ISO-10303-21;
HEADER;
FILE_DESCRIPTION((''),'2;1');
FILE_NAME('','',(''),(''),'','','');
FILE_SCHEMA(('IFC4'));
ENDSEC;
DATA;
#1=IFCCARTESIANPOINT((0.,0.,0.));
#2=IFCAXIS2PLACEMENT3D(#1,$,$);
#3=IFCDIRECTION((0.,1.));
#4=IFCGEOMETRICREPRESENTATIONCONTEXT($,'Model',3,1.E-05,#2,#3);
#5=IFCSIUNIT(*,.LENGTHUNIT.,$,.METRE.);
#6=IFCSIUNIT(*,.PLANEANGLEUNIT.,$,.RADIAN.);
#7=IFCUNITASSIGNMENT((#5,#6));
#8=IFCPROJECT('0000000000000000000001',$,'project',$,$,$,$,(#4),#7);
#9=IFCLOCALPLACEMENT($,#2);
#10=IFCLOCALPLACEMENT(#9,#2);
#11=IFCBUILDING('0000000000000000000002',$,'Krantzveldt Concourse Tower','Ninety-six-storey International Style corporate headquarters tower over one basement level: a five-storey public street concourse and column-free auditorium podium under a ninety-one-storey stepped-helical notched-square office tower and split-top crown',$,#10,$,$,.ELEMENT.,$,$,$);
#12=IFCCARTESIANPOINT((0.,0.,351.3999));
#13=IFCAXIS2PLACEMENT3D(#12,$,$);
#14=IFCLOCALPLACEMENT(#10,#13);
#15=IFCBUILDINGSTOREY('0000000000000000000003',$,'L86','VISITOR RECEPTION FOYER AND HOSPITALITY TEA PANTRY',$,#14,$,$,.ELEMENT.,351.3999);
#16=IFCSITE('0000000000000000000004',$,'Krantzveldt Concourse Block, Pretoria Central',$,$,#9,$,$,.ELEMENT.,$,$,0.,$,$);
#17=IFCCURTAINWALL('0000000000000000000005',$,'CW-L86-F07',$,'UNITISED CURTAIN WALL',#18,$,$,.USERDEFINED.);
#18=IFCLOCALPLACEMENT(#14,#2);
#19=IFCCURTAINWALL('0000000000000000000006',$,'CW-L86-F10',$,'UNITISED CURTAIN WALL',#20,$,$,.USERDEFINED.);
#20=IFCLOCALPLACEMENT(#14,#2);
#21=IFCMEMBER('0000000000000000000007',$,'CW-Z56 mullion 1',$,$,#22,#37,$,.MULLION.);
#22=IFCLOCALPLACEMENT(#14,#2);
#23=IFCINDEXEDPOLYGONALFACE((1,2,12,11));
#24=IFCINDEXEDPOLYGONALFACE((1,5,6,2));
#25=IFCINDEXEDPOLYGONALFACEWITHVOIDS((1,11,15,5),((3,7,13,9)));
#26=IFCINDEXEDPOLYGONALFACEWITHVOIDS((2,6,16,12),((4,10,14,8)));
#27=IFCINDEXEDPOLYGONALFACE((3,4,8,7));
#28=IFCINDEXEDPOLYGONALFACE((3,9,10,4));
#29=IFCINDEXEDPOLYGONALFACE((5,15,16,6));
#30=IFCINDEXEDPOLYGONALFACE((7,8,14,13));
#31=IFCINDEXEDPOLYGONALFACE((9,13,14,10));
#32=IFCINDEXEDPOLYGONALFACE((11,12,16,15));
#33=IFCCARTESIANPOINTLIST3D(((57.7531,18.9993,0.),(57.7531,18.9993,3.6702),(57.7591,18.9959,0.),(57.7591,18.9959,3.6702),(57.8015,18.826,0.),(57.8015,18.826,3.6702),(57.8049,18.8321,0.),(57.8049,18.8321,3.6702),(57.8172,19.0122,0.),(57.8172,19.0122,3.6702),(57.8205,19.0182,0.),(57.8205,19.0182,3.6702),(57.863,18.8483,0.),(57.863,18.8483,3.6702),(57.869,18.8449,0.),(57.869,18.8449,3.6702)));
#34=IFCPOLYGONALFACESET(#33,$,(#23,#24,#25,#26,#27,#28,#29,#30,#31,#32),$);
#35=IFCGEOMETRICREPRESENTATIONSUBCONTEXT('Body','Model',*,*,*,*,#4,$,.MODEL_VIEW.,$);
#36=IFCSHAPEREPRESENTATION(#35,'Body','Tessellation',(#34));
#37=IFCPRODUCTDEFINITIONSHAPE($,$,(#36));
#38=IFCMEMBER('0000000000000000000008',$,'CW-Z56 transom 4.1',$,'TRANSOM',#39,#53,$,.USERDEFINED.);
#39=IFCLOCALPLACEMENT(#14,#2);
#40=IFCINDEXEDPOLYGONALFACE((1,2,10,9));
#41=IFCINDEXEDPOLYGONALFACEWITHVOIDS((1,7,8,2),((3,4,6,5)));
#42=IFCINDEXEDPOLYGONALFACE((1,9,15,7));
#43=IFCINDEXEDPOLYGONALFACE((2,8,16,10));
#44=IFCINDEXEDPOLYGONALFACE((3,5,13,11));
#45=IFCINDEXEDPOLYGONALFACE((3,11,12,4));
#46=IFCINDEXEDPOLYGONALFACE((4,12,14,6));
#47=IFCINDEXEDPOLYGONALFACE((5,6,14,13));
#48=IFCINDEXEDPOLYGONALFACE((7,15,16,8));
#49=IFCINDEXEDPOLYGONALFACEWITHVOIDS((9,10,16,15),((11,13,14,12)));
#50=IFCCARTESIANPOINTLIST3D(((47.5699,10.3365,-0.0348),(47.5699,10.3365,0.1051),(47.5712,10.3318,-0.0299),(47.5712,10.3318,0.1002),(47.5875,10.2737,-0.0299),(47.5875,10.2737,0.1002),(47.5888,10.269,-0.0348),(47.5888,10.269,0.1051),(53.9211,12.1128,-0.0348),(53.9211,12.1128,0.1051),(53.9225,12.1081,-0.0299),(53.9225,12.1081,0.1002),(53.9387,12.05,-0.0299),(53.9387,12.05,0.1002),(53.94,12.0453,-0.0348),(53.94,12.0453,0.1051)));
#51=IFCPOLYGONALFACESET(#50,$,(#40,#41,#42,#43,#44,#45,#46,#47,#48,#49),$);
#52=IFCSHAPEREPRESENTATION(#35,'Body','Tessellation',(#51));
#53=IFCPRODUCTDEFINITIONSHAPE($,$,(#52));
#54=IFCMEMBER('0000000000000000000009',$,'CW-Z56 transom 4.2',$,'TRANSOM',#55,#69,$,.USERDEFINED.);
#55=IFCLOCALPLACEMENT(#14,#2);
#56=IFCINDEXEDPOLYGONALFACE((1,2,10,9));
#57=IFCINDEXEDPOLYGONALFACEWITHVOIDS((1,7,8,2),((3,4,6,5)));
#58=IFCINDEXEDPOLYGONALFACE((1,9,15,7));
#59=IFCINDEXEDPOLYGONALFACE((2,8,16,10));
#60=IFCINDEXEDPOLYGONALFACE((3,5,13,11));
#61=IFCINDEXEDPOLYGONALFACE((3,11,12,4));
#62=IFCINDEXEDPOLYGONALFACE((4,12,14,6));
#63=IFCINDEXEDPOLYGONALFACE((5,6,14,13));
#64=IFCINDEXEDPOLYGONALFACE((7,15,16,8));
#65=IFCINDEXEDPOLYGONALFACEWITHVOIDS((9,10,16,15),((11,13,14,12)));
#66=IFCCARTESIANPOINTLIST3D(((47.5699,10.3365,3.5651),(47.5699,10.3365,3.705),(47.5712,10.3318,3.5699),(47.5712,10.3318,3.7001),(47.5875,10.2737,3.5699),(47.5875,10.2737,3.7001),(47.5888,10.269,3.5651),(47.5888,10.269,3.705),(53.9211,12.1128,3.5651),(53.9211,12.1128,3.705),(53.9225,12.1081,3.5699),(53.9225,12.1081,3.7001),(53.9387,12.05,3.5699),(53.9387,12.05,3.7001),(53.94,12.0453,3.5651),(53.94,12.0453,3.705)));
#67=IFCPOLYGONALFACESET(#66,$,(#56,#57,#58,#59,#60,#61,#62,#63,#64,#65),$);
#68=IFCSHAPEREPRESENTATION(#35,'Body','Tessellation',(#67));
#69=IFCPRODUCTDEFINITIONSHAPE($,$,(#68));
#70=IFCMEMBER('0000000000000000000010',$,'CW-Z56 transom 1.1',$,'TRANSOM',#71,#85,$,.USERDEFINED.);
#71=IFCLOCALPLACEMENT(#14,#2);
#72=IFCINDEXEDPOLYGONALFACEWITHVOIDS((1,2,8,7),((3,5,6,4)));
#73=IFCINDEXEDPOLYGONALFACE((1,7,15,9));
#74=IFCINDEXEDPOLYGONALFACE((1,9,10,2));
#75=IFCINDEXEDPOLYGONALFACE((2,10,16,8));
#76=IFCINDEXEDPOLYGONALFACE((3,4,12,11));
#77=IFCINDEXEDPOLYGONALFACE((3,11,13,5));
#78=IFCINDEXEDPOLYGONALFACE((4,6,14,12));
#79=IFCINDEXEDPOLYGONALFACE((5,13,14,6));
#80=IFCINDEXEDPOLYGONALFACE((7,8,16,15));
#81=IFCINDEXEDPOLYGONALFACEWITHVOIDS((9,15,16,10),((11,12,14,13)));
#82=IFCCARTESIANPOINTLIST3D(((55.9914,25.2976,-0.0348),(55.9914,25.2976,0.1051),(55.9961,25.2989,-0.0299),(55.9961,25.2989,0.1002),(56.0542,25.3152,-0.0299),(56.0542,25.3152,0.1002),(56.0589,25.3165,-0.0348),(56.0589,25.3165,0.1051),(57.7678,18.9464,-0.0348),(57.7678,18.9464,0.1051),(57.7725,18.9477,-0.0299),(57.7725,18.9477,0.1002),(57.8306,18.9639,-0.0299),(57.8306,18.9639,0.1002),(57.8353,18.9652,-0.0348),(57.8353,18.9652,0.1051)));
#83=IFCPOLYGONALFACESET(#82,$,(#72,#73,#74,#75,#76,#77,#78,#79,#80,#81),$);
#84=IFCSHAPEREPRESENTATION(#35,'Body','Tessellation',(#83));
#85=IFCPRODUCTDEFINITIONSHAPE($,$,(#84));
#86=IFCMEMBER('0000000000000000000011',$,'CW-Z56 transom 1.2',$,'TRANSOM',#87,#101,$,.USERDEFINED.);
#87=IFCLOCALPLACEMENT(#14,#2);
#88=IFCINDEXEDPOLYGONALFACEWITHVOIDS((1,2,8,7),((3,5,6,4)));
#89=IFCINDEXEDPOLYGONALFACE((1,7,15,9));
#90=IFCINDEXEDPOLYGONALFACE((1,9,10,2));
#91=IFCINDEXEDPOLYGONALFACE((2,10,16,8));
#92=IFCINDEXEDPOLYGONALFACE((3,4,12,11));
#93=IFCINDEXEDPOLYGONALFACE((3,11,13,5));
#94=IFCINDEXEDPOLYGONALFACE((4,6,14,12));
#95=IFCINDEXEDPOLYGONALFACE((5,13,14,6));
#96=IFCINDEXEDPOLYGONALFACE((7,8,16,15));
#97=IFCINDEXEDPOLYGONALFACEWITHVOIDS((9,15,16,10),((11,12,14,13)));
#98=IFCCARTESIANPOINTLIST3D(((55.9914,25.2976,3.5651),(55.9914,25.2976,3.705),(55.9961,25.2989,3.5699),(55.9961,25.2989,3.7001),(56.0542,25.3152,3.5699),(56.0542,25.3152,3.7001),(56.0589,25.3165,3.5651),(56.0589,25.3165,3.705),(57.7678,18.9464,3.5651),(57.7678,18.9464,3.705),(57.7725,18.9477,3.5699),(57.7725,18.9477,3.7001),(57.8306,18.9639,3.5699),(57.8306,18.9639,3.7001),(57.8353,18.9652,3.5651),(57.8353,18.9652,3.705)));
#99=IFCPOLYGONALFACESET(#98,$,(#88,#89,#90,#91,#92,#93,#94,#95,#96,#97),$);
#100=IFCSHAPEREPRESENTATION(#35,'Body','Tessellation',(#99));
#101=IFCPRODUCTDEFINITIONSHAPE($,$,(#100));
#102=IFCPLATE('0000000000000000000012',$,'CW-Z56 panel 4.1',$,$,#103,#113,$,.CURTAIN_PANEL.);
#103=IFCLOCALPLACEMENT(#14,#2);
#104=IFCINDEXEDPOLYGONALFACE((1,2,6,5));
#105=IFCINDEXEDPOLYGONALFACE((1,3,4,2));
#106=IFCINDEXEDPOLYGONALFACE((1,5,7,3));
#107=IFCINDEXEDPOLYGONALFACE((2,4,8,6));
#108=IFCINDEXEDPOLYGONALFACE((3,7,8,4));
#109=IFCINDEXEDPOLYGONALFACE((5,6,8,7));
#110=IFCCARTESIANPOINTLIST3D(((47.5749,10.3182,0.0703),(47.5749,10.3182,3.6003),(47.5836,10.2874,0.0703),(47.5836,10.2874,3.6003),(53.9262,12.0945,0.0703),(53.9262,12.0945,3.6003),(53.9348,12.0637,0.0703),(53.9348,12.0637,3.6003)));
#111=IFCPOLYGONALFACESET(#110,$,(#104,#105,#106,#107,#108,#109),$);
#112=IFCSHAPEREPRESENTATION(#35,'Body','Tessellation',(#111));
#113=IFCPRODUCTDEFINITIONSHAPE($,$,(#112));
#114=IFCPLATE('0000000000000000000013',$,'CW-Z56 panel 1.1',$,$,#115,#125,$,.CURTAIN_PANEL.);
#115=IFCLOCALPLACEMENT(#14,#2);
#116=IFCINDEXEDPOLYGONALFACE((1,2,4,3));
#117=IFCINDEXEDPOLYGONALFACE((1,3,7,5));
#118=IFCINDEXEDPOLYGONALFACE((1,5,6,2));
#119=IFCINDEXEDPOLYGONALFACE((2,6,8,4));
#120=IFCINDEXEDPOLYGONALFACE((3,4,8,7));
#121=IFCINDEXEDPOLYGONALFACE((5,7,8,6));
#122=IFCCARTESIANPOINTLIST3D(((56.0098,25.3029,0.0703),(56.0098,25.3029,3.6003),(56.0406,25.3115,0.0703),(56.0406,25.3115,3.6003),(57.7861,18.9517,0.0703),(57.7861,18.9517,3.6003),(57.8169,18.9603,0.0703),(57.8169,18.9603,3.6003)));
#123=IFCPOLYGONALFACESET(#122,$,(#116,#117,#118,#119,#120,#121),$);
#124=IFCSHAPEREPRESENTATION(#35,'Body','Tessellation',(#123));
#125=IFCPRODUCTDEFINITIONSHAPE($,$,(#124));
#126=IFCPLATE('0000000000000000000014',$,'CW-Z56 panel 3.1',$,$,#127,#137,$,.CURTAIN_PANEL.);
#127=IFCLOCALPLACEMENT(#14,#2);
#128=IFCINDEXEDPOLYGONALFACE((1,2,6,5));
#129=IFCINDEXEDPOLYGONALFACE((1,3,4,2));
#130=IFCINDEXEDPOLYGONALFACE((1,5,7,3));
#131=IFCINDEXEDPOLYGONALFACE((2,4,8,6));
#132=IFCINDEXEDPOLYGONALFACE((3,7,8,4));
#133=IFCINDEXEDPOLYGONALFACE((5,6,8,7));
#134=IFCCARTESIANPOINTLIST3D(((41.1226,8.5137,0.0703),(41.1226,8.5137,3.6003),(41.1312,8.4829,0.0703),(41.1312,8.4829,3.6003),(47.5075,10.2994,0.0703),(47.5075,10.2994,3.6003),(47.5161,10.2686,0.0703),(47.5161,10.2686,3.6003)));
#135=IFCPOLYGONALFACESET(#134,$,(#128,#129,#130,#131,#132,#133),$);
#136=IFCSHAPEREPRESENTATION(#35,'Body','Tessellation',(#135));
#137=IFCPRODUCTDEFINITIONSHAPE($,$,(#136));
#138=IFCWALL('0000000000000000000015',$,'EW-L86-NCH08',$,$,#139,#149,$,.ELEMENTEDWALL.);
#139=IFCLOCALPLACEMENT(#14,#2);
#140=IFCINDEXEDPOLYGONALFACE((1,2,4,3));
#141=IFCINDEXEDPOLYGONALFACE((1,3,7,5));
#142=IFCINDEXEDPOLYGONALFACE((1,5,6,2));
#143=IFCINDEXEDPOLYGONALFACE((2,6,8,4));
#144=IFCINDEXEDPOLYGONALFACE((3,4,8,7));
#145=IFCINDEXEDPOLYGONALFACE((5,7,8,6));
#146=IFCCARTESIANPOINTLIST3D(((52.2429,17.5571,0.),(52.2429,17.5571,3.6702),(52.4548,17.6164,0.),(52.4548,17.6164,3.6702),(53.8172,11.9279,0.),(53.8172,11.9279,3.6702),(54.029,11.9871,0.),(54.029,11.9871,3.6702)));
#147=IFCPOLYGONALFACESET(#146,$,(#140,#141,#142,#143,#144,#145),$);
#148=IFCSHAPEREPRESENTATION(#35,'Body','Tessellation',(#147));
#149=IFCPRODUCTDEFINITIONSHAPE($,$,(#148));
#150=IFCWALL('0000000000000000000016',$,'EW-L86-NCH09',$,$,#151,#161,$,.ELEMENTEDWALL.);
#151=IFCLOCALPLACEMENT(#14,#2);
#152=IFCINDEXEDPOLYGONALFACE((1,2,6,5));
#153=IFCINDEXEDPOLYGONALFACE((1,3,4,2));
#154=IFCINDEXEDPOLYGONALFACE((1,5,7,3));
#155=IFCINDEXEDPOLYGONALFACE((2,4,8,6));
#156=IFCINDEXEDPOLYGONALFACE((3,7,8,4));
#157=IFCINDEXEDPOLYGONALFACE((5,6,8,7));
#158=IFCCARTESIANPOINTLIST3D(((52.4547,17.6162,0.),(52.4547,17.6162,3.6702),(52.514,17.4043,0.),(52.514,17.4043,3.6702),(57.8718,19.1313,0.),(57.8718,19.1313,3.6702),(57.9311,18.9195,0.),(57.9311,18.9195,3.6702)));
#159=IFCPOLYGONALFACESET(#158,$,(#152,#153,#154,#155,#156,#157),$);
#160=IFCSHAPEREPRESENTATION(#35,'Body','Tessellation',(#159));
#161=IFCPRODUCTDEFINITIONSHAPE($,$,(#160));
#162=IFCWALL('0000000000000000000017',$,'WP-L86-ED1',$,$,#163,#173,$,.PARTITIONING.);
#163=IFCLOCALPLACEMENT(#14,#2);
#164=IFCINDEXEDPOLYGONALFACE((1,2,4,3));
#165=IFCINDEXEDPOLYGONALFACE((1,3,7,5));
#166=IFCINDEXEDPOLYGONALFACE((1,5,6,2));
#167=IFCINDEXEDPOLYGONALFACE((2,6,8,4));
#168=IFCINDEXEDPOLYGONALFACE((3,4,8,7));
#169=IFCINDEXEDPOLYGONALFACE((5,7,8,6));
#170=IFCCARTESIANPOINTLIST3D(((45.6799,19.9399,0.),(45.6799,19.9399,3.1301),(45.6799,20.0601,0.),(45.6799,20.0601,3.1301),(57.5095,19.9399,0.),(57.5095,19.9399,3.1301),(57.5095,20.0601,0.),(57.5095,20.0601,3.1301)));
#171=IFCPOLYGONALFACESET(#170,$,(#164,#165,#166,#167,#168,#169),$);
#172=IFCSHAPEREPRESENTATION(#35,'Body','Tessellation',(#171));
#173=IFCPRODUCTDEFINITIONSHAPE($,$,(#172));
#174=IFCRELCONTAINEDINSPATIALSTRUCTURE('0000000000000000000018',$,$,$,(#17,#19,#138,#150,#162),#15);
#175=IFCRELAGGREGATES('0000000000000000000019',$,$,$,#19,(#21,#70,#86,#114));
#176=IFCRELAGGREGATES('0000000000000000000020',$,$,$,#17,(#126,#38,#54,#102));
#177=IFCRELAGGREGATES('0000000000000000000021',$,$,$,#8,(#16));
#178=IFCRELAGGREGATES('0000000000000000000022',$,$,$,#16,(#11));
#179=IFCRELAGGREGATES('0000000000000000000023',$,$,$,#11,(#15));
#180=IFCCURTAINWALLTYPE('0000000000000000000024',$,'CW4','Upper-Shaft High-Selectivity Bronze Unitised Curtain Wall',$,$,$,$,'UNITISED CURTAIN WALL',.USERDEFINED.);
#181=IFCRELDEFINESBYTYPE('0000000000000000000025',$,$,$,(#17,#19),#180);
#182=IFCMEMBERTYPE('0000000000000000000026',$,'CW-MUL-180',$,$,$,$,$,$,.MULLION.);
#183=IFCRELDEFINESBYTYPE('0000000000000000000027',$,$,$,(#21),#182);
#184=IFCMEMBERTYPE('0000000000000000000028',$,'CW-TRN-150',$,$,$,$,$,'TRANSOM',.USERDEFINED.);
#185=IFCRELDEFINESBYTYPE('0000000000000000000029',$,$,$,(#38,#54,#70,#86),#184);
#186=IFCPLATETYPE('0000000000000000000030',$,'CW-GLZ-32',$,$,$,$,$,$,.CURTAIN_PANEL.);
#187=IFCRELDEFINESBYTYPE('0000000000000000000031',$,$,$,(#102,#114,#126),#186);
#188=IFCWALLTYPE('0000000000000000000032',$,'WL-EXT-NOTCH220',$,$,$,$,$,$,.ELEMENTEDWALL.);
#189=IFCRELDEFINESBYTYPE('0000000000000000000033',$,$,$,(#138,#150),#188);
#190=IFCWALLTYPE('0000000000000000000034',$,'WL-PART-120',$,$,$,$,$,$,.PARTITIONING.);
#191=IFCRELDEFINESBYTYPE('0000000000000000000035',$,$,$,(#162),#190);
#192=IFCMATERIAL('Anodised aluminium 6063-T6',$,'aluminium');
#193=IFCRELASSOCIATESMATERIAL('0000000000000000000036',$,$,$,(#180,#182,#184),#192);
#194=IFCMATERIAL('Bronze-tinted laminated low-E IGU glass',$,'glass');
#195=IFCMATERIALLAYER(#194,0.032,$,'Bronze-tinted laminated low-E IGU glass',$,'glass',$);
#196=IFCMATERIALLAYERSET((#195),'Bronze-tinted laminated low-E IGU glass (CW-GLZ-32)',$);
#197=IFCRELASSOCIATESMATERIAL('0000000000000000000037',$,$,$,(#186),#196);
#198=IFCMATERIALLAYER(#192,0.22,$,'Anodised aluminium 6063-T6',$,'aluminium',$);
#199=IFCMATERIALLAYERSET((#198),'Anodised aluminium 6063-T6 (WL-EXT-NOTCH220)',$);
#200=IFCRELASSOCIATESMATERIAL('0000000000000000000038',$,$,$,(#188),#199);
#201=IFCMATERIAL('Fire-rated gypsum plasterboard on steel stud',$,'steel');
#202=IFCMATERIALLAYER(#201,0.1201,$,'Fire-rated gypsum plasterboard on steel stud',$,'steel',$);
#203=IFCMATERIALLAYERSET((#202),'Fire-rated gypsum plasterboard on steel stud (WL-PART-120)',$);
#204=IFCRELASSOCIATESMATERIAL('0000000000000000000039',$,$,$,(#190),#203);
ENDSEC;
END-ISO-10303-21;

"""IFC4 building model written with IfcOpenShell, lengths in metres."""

from ifc_helpers import new_model, si_unit, direction, frame, frame_2d, origin, origin_2d, place, context, subcontext, project, spatial, rectangle, hollow_rectangle, extrude, source, transform, mapped, material, layer, layer_set, material_profile, profile_set, type_object, type_shapes, element, aggregate, save


model = new_model("IFC4")

# Units and contexts
model_context = context("Model", 3, precision=1e-05, world=origin(), true_north=direction((0.0, 1.0)))
body_context = subcontext(model_context, "Body", "Model", "MODEL_VIEW")
ifc_project = project(units=[si_unit("LENGTHUNIT", "METRE"), si_unit("PLANEANGLEUNIT", "RADIAN")], contexts=[model_context])

# Site, building, storey
site_placement = place(None, origin())
site = spatial("IfcSite", under=ifc_project, at=site_placement, Name="Krantzveldt Concourse Block, Pretoria Central", CompositionType="ELEMENT", RefElevation=0.0)
building_placement = place(site_placement, origin())
building = spatial("IfcBuilding", under=site, at=building_placement, Name="Krantzveldt Concourse Tower", Description="Ninety-six-storey International Style corporate headquarters tower over one basement level: a five-storey public street concourse and column-free auditorium podium under a ninety-one-storey stepped-helical notched-square office tower and split-top crown", CompositionType="ELEMENT")
storey_placement = place(building_placement, frame((0.0, 0.0, 351.3999)))
storey = spatial("IfcBuildingStorey", under=building, at=storey_placement, Name="L86", Description="VISITOR RECEPTION FOYER AND HOSPITALITY TEA PANTRY", CompositionType="ELEMENT", Elevation=351.3999)

# Curtain wall
ifc_material_1 = material(Name="Anodised aluminium 6063-T6", Category="aluminium")
curtain_wall_type = type_object("IfcCurtainWallType", Name="CW4", Description="Upper-Shaft High-Selectivity Bronze Unitised Curtain Wall", ElementType="UNITISED CURTAIN WALL", PredefinedType="USERDEFINED", material=ifc_material_1)
curtain_wall_1_placement = place(storey_placement, origin())
curtain_wall_1 = element("IfcCurtainWall", 1, at=curtain_wall_1_placement, inside=storey, type_object=curtain_wall_type, Name="CW-L86-F07", ObjectType="UNITISED CURTAIN WALL", PredefinedType="USERDEFINED")
ifc_material_profile_1 = material_profile(ifc_material_1, hollow_rectangle(XDim=0.0701, YDim=0.1799, WallThickness=0.0049, at=origin_2d()), Name="Anodised aluminium 6063-T6", Category="aluminium")
ifc_profile_set_1 = profile_set([ifc_material_profile_1], Name="Anodised aluminium 6063-T6 - ALU-MULL 180x70x5")
member_type_1 = type_object("IfcMemberType", Name="CW-MUL-180", PredefinedType="MULLION", material=ifc_profile_set_1)
shared_shape_1 = source(origin(), body_context, "Body", "SweptSolid", [
    extrude(hollow_rectangle(XDim=0.0701, YDim=0.1799, WallThickness=0.0049, at=origin_2d()), origin(), (0.0, 0.0, 1.0), 3.6702),
])
type_shapes(member_type_1, [shared_shape_1])

# Curtain wall, member
curtain_wall_2_placement = place(storey_placement, origin())
curtain_wall_2 = element("IfcCurtainWall", 2, at=curtain_wall_2_placement, inside=storey, type_object=curtain_wall_type, Name="CW-L86-F10", ObjectType="UNITISED CURTAIN WALL", PredefinedType="USERDEFINED")
member_1_placement = place(storey_placement, frame((57.811, 18.9221, 0.0), z_axis=(0.0, 0.0, 1.0), x_axis=(-0.963045, -0.26934, 0.0)))
member_1 = element("IfcMember", 3, at=member_1_placement, type_object=member_type_1, Name="CW-Z56 mullion 1", PredefinedType="MULLION", context=body_context, shape_type="MappedRepresentation", body=[
    mapped(shared_shape_1, transform((0.0, 0.0, 0.0), x_axis=(1.0, 0.0, 0.0), y_axis=(0.0, 1.0, 0.0), z_axis=(0.0, 0.0, 1.0), scale=1.0)),
])

# Members
ifc_material_profile_2 = material_profile(ifc_material_1, hollow_rectangle(XDim=0.0701, YDim=0.1399, WallThickness=0.0049, at=origin_2d()), Name="Anodised aluminium 6063-T6", Category="aluminium")
ifc_profile_set_2 = profile_set([ifc_material_profile_2], Name="Anodised aluminium 6063-T6 - ALU-TRAN 140x70x5")
member_type_2 = type_object("IfcMemberType", Name="CW-TRN-150", ElementType="TRANSOM", PredefinedType="USERDEFINED", material=ifc_profile_set_2)
shared_shape_2 = source(origin(), body_context, "Body", "SweptSolid", [
    extrude(hollow_rectangle(XDim=0.0701, YDim=0.1399, WallThickness=0.0049, at=origin_2d()), origin(), (0.0, 0.0, 1.0), 6.595),
])
type_shapes(member_type_2, [shared_shape_2])
member_2_placement = place(storey_placement, frame((47.5793, 10.3027, 0.0352), z_axis=(0.963043, 0.269348, 0.0), x_axis=(-0.269348, 0.963043, 0.0)))
member_2 = element("IfcMember", 4, at=member_2_placement, type_object=member_type_2, Name="CW-Z56 transom 4.1", ObjectType="TRANSOM", PredefinedType="USERDEFINED", context=body_context, shape_type="MappedRepresentation", body=[
    mapped(shared_shape_2, transform((0.0, 0.0, 0.0), x_axis=(1.0, 0.0, 0.0), y_axis=(0.0, 1.0, 0.0), z_axis=(0.0, 0.0, 1.0), scale=1.0)),
])
member_3_placement = place(storey_placement, frame((47.5793, 10.3027, 3.635), z_axis=(0.963043, 0.269348, 0.0), x_axis=(-0.269348, 0.963043, 0.0)))
member_3 = element("IfcMember", 5, at=member_3_placement, type_object=member_type_2, Name="CW-Z56 transom 4.2", ObjectType="TRANSOM", PredefinedType="USERDEFINED", context=body_context, shape_type="MappedRepresentation", body=[
    mapped(shared_shape_2, transform((0.0, 0.0, 0.0), x_axis=(1.0, 0.0, 0.0), y_axis=(0.0, 1.0, 0.0), z_axis=(0.0, 0.0, 1.0), scale=1.0)),
])
member_4_placement = place(storey_placement, frame((57.8015, 18.9558, 0.0352), z_axis=(-0.269348, 0.963043, 0.0), x_axis=(-0.963043, -0.269348, 0.0)))
member_4 = element("IfcMember", 6, at=member_4_placement, type_object=member_type_2, Name="CW-Z56 transom 1.1", ObjectType="TRANSOM", PredefinedType="USERDEFINED", context=body_context, shape_type="MappedRepresentation", body=[
    mapped(shared_shape_2, transform((0.0, 0.0, 0.0), x_axis=(1.0, 0.0, 0.0), y_axis=(0.0, 1.0, 0.0), z_axis=(0.0, 0.0, 1.0), scale=1.0)),
])
member_5_placement = place(storey_placement, frame((57.8015, 18.9558, 3.635), z_axis=(-0.269348, 0.963043, 0.0), x_axis=(-0.963043, -0.269348, 0.0)))
member_5 = element("IfcMember", 7, at=member_5_placement, type_object=member_type_2, Name="CW-Z56 transom 1.2", ObjectType="TRANSOM", PredefinedType="USERDEFINED", context=body_context, shape_type="MappedRepresentation", body=[
    mapped(shared_shape_2, transform((0.0, 0.0, 0.0), x_axis=(1.0, 0.0, 0.0), y_axis=(0.0, 1.0, 0.0), z_axis=(0.0, 0.0, 1.0), scale=1.0)),
])

# Plates
ifc_material_2 = material(Name="Bronze-tinted laminated low-E IGU glass", Category="glass")
ifc_layer_1 = layer(ifc_material_2, 0.032, Name="Bronze-tinted laminated low-E IGU glass", Category="glass")
ifc_layer_set_1 = layer_set([ifc_layer_1], Name="Bronze-tinted laminated low-E IGU glass (CW-GLZ-32)")
plate_type = type_object("IfcPlateType", Name="CW-GLZ-32", PredefinedType="CURTAIN_PANEL", material=ifc_layer_set_1)
shared_shape_3 = source(origin(), body_context, "Body", "SweptSolid", [
    extrude(rectangle(XDim=6.595, YDim=0.032, at=origin_2d()), origin(), (0.0, 0.0, 1.0), 3.53),
])
plate_1_placement = place(storey_placement, frame((50.7549, 11.1909, 0.0703), z_axis=(0.0, 0.0, 1.0), x_axis=(0.963045, 0.26934, 0.0)))
plate_1 = element("IfcPlate", 8, at=plate_1_placement, type_object=plate_type, Name="CW-Z56 panel 4.1", PredefinedType="CURTAIN_PANEL", context=body_context, shape_type="MappedRepresentation", body=[
    mapped(shared_shape_3, transform((0.0, 0.0, 0.0), x_axis=(1.0, 0.0, 0.0), y_axis=(0.0, 1.0, 0.0), z_axis=(0.0, 0.0, 1.0), scale=1.0)),
])
plate_2_placement = place(storey_placement, frame((56.9133, 22.1316, 0.0703), z_axis=(0.0, 0.0, 1.0), x_axis=(-0.26934, 0.963045, 0.0)))
plate_2 = element("IfcPlate", 9, at=plate_2_placement, type_object=plate_type, Name="CW-Z56 panel 1.1", PredefinedType="CURTAIN_PANEL", context=body_context, shape_type="MappedRepresentation", body=[
    mapped(shared_shape_3, transform((0.0, 0.0, 0.0), x_axis=(1.0, 0.0, 0.0), y_axis=(0.0, 1.0, 0.0), z_axis=(0.0, 0.0, 1.0), scale=1.0)),
])
aggregate(curtain_wall_2, [member_1, member_4, member_5, plate_2])
shared_shape_4 = source(origin(), body_context, "Body", "SweptSolid", [
    extrude(rectangle(XDim=6.6299, YDim=0.032, at=origin_2d()), origin(), (0.0, 0.0, 1.0), 3.53),
])
type_shapes(plate_type, [shared_shape_3, shared_shape_4])
plate_3_placement = place(storey_placement, frame((44.3193, 9.3911, 0.0703), z_axis=(0.0, 0.0, 1.0), x_axis=(0.963045, 0.26934, 0.0)))
plate_3 = element("IfcPlate", 10, at=plate_3_placement, type_object=plate_type, Name="CW-Z56 panel 3.1", PredefinedType="CURTAIN_PANEL", context=body_context, shape_type="MappedRepresentation", body=[
    mapped(shared_shape_4, transform((0.0, 0.0, 0.0), x_axis=(1.0, 0.0, 0.0), y_axis=(0.0, 1.0, 0.0), z_axis=(0.0, 0.0, 1.0), scale=1.0)),
])
aggregate(curtain_wall_1, [plate_3, member_2, member_3, plate_1])

# Walls
ifc_layer_2 = layer(ifc_material_1, 0.22, Name="Anodised aluminium 6063-T6", Category="aluminium")
ifc_layer_set_2 = layer_set([ifc_layer_2], Name="Anodised aluminium 6063-T6 (WL-EXT-NOTCH220)")
wall_type_1 = type_object("IfcWallType", Name="WL-EXT-NOTCH220", PredefinedType="ELEMENTEDWALL", material=ifc_layer_set_2)
wall_1_placement = place(storey_placement, frame((53.9231, 11.9575, 0.0), z_axis=(0.0, 0.0, 1.0), x_axis=(-0.269322, 0.96305, 0.0)))
element("IfcWall", 11, at=wall_1_placement, inside=storey, type_object=wall_type_1, Name="EW-L86-NCH08", PredefinedType="ELEMENTEDWALL", context=body_context, shape_type="SweptSolid", body=[
    extrude(rectangle(XDim=5.8452, YDim=0.22, at=frame_2d((2.9226, 0.0))), origin(), (0.0, 0.0, 1.0), 3.6702),
])
wall_2_placement = place(storey_placement, frame((52.4844, 17.5103, 0.0), z_axis=(0.0, 0.0, 1.0), x_axis=(0.963039, 0.269363, 0.0)))
element("IfcWall", 12, at=wall_2_placement, inside=storey, type_object=wall_type_1, Name="EW-L86-NCH09", PredefinedType="ELEMENTEDWALL", context=body_context, shape_type="SweptSolid", body=[
    extrude(rectangle(XDim=5.625, YDim=0.22, at=frame_2d((2.8125, 0.0))), origin(), (0.0, 0.0, 1.0), 3.6702),
])
ifc_material_3 = material(Name="Fire-rated gypsum plasterboard on steel stud", Category="steel")
ifc_layer_3 = layer(ifc_material_3, 0.1201, Name="Fire-rated gypsum plasterboard on steel stud", Category="steel")
ifc_layer_set_3 = layer_set([ifc_layer_3], Name="Fire-rated gypsum plasterboard on steel stud (WL-PART-120)")
wall_type_2 = type_object("IfcWallType", Name="WL-PART-120", PredefinedType="PARTITIONING", material=ifc_layer_set_3)
wall_3_placement = place(storey_placement, frame((45.6799, 20.0, 0.0), z_axis=(0.0, 0.0, 1.0), x_axis=(1.0, 0.0, 0.0)))
element("IfcWall", 13, at=wall_3_placement, inside=storey, type_object=wall_type_2, Name="WP-L86-ED1", PredefinedType="PARTITIONING", context=body_context, shape_type="SweptSolid", body=[
    extrude(rectangle(XDim=11.8296, YDim=0.1201, at=frame_2d((5.9148, 0.0))), origin(), (0.0, 0.0, 1.0), 3.1301),
])

save(model, "model.ifc")
